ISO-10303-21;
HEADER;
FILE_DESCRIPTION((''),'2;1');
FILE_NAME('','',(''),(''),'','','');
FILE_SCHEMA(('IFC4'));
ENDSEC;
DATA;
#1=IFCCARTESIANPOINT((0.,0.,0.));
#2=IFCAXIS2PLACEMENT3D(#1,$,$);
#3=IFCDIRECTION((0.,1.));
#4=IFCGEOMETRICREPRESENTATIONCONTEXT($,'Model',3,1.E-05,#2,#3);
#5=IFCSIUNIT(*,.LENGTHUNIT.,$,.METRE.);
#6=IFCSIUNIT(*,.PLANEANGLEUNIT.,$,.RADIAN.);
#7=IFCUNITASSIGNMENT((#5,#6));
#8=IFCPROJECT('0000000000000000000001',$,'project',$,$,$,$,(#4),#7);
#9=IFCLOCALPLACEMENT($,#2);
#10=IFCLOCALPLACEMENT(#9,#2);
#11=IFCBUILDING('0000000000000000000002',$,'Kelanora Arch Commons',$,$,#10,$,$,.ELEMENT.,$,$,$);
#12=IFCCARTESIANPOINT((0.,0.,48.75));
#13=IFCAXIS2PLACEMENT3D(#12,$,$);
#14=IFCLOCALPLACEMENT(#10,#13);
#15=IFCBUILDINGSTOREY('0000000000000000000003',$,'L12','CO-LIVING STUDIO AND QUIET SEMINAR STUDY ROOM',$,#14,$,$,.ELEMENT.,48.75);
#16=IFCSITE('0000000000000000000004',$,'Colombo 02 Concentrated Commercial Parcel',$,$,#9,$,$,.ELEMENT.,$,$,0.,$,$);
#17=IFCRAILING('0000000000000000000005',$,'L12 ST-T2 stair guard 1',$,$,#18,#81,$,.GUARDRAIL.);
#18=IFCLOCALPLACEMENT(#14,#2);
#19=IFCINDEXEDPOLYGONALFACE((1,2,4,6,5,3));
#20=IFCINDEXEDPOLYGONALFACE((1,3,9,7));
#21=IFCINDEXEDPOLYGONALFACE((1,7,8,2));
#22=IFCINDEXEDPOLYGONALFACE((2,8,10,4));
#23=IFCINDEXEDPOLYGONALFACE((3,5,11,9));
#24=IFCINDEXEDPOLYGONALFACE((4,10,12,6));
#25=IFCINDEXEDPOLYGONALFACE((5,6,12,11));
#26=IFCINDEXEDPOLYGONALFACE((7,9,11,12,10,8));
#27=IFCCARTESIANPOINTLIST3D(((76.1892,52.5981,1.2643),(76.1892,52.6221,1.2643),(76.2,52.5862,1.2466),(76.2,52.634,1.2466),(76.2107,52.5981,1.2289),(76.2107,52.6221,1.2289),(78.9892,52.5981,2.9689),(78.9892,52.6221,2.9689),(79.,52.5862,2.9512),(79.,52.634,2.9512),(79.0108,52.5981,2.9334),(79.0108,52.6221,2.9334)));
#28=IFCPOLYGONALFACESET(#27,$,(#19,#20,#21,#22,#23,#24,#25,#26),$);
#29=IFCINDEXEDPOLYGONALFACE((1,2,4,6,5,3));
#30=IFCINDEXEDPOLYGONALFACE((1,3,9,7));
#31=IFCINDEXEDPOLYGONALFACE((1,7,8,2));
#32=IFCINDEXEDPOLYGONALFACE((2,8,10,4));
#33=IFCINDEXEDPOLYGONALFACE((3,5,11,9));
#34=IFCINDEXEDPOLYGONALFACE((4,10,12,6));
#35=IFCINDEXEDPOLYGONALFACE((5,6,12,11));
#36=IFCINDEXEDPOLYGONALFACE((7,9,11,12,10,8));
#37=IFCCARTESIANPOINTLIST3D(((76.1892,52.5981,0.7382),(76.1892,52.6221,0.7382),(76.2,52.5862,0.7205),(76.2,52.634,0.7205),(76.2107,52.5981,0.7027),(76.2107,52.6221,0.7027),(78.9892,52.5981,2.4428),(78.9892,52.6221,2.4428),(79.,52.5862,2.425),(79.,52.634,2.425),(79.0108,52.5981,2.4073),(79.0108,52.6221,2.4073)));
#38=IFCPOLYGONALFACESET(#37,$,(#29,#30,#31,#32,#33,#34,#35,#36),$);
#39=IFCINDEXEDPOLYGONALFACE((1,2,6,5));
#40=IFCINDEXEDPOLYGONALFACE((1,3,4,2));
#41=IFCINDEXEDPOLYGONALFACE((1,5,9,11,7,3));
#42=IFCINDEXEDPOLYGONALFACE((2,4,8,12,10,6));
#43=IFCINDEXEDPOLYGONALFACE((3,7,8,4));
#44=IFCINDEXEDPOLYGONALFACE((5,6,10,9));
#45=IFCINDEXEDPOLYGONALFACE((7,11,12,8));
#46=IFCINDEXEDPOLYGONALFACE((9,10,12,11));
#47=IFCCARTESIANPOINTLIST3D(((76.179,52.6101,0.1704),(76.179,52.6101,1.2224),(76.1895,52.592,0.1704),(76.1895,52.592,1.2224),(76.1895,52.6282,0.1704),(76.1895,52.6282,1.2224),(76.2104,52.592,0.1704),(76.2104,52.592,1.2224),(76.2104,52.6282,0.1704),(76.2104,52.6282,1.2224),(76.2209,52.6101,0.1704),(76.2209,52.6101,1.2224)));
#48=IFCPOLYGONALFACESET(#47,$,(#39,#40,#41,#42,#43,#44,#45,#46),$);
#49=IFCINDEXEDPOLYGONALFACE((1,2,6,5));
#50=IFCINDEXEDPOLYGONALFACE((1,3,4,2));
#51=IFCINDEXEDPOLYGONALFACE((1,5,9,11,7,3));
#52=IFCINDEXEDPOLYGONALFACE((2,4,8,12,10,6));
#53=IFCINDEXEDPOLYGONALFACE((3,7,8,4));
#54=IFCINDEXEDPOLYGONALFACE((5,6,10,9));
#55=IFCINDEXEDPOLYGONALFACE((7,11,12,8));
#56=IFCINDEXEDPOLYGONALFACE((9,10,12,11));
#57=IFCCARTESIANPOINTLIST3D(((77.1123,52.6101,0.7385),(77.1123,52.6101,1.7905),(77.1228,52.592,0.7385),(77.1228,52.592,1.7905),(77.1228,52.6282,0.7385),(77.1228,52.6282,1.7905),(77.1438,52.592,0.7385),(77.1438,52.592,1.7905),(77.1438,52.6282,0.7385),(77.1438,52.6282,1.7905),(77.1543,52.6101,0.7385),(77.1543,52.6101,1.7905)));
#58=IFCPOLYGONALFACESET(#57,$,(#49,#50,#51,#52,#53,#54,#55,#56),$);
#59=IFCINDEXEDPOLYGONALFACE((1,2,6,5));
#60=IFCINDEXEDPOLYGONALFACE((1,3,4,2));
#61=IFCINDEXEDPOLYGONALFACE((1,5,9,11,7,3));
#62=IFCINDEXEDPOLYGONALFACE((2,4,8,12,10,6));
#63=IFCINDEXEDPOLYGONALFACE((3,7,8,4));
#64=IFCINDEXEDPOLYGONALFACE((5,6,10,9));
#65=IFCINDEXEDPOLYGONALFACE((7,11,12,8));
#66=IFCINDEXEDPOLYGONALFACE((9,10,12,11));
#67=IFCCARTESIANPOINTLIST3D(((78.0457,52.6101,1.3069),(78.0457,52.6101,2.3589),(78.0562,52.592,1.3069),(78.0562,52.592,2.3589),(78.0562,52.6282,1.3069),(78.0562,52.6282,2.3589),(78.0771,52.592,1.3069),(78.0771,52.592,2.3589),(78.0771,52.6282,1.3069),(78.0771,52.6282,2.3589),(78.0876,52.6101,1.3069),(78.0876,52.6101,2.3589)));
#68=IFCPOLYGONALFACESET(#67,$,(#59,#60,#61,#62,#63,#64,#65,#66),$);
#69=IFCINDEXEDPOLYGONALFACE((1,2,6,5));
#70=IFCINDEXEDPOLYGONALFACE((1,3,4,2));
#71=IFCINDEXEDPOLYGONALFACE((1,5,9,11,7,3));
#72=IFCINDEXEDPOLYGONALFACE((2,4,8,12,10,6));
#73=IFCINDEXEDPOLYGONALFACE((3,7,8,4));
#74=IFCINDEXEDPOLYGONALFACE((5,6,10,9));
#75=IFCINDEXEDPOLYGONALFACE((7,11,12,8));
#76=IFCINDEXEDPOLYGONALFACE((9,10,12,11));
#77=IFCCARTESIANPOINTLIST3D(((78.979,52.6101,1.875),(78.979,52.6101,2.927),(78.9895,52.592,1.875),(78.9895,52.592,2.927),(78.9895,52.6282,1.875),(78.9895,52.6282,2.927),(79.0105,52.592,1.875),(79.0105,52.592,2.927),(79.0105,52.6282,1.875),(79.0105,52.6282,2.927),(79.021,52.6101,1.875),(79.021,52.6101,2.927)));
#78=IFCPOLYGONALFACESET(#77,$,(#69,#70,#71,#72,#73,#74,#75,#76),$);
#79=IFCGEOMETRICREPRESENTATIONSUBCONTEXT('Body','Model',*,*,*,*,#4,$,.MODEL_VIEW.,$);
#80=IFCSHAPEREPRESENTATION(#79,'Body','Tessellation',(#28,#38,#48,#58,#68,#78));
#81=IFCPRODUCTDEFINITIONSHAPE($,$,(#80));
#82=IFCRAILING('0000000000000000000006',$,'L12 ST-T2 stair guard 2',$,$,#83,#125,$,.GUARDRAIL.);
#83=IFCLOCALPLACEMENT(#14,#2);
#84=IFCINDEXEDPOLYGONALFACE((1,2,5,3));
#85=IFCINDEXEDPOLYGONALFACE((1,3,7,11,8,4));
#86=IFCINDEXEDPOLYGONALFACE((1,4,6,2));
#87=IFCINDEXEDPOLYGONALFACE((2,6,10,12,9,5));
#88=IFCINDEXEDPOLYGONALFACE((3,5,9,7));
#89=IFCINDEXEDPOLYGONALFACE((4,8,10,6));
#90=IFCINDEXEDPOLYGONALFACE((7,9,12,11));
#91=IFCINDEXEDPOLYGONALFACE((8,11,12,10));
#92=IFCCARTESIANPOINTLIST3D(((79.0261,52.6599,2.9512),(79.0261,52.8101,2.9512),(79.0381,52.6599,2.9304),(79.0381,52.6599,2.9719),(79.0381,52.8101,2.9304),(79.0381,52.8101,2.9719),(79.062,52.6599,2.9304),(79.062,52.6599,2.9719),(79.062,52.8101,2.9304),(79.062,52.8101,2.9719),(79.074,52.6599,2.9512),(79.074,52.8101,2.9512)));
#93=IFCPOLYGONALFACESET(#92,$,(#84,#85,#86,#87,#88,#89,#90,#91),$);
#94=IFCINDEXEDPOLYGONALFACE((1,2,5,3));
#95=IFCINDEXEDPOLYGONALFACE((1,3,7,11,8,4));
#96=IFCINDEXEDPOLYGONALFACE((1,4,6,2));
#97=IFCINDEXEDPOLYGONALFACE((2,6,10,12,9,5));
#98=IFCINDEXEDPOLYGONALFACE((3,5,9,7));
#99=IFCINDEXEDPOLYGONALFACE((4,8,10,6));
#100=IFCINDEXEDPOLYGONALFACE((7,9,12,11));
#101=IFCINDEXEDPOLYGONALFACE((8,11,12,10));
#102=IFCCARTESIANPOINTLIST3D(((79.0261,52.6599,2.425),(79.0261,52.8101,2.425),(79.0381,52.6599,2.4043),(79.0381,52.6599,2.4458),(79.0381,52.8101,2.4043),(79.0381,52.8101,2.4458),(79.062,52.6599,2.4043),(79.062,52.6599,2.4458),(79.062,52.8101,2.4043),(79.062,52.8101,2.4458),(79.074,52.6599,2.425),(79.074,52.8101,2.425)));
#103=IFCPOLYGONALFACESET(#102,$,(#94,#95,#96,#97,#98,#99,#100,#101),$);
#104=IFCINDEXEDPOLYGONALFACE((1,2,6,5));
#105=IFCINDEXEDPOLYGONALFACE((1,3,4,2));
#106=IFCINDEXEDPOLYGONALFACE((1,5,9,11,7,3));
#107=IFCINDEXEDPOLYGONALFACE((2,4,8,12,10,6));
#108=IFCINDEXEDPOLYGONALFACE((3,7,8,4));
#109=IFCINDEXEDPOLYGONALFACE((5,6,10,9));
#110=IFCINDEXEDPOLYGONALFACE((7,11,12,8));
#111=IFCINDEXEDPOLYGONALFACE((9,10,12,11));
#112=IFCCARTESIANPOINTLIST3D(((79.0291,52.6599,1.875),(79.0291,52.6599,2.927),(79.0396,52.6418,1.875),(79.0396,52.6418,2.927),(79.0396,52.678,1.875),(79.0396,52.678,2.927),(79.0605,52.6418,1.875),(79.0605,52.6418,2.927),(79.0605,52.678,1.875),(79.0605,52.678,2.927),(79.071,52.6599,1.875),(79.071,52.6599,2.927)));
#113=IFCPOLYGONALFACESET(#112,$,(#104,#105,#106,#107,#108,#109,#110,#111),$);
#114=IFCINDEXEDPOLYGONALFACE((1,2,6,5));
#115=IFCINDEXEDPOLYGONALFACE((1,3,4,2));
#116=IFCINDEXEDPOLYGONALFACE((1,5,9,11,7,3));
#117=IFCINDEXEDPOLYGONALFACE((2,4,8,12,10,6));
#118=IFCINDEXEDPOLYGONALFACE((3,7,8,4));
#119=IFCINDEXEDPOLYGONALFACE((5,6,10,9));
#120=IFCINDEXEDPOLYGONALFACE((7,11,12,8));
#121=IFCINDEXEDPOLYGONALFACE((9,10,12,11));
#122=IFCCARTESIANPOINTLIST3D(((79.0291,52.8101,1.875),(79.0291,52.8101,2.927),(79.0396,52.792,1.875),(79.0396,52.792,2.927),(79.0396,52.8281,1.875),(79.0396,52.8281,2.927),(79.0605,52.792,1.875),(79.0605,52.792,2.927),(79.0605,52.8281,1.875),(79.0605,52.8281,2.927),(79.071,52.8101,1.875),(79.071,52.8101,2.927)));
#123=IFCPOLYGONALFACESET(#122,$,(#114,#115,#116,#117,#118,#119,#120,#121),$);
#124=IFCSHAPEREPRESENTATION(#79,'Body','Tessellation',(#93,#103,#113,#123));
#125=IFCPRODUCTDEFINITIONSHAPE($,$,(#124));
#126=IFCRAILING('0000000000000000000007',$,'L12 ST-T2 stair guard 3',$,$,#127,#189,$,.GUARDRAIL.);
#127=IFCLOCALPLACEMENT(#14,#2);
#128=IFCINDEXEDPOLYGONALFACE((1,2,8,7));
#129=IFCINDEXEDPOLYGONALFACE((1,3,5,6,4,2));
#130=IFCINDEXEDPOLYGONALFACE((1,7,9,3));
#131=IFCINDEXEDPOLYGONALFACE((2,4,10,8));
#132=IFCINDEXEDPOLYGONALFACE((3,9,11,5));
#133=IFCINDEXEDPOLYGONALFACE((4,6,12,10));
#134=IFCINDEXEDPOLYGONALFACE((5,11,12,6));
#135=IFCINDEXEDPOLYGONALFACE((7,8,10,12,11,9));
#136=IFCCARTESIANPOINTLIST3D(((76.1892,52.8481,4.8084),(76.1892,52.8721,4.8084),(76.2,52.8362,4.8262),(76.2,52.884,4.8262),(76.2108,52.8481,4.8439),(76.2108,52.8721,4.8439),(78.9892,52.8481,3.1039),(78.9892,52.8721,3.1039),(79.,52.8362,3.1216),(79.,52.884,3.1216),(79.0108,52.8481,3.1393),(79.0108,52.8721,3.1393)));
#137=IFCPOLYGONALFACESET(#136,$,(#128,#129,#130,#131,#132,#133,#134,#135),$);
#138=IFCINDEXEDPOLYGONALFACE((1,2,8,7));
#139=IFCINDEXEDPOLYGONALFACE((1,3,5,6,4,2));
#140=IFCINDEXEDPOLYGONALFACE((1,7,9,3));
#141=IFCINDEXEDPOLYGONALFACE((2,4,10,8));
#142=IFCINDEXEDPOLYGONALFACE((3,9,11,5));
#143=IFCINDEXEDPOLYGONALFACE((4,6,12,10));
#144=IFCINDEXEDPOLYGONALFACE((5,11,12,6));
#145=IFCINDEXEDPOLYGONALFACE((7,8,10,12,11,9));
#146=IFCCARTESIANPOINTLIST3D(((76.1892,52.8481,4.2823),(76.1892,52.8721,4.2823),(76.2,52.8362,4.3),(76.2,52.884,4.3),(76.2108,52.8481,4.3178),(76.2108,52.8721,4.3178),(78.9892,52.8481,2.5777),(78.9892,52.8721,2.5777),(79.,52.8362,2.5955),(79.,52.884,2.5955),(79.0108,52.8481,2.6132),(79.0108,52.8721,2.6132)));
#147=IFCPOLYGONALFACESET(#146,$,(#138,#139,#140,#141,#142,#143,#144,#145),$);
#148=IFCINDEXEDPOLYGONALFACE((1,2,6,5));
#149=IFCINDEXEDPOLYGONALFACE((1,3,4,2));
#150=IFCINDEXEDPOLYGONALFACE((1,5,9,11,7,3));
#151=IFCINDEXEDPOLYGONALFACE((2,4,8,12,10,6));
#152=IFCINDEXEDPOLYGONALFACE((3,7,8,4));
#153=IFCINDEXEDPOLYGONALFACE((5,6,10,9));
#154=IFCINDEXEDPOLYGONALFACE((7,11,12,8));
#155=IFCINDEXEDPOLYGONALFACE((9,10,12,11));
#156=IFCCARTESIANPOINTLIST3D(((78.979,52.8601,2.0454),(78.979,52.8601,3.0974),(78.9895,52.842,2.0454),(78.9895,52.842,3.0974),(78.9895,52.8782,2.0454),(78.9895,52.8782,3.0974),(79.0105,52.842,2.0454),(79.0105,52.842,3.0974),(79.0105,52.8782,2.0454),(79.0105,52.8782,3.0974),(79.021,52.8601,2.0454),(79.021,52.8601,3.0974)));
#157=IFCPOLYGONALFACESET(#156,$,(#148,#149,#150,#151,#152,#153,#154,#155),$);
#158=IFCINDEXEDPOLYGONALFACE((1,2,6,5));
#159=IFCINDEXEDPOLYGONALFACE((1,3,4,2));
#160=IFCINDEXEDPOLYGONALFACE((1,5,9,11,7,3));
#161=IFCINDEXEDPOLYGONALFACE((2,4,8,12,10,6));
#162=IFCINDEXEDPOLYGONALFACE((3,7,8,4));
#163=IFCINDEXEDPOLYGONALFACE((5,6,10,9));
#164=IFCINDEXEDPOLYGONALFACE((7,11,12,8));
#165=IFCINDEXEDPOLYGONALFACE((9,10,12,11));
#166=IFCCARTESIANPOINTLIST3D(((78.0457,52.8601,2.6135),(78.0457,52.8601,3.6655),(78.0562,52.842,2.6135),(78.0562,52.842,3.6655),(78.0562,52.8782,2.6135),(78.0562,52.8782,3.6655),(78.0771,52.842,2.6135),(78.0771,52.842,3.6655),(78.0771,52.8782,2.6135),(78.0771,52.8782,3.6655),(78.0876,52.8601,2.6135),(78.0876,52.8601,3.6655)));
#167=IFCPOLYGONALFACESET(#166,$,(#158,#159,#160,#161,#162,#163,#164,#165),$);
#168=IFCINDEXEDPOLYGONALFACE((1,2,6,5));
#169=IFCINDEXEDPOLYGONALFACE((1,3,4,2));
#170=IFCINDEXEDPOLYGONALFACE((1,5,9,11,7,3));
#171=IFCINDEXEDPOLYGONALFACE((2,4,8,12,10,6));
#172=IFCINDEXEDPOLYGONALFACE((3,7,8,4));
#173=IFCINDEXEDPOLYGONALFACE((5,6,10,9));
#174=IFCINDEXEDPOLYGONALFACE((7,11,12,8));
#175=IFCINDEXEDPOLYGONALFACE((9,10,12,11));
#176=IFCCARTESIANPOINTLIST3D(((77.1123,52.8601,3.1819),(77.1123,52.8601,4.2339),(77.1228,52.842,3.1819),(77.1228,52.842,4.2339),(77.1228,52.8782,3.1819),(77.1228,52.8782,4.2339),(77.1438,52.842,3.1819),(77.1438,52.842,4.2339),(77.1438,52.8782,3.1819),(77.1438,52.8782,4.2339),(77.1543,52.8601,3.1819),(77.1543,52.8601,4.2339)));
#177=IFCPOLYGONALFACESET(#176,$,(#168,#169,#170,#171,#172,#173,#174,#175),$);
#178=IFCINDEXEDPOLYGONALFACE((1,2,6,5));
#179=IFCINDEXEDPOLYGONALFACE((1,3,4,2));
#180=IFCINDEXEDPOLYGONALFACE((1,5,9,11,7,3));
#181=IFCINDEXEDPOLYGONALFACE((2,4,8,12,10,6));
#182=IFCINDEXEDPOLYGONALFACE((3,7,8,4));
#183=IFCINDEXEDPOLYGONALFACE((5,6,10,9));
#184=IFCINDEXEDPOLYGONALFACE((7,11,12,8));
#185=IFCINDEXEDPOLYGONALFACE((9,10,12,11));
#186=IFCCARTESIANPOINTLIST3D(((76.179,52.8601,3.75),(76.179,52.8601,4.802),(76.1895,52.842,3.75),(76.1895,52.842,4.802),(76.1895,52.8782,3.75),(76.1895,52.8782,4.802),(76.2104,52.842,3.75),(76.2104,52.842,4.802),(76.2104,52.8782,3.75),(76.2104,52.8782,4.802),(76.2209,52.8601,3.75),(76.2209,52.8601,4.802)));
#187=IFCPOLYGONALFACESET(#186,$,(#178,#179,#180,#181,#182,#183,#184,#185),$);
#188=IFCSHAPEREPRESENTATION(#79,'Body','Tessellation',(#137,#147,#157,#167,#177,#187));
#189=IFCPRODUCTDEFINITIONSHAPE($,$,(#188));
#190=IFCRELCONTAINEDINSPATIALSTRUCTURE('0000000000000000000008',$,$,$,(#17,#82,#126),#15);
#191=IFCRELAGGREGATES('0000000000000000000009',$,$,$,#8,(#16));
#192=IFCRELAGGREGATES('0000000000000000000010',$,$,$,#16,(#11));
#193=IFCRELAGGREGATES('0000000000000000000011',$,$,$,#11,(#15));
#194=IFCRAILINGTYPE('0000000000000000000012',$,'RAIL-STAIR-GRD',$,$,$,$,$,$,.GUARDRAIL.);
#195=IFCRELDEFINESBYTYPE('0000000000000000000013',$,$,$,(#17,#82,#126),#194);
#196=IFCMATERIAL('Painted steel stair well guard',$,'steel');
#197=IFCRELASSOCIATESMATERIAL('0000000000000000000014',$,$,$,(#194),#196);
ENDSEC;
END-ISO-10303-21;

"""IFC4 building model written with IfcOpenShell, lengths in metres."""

from ifc_helpers import new_model, si_unit, direction, frame, origin, place, context, subcontext, project, spatial, polyline, outline, extrude, material, type_object, element, save


model = new_model("IFC4")

# Units and contexts
model_context = context("Model", 3, precision=1e-05, world=origin(), true_north=direction((0.0, 1.0)))
body_context = subcontext(model_context, "Body", "Model", "MODEL_VIEW")
ifc_project = project(units=[si_unit("LENGTHUNIT", "METRE"), si_unit("PLANEANGLEUNIT", "RADIAN")], contexts=[model_context])

# Site, building, storey
site_placement = place(None, origin())
site = spatial("IfcSite", under=ifc_project, at=site_placement, Name="Colombo 02 Concentrated Commercial Parcel", CompositionType="ELEMENT", RefElevation=0.0)
building_placement = place(site_placement, origin())
building = spatial("IfcBuilding", under=site, at=building_placement, Name="Kelanora Arch Commons", CompositionType="ELEMENT")
storey_placement = place(building_placement, frame((0.0, 0.0, 48.75)))
storey = spatial("IfcBuildingStorey", under=building, at=storey_placement, Name="L12", Description="CO-LIVING STUDIO AND QUIET SEMINAR STUDY ROOM", CompositionType="ELEMENT", Elevation=48.75)

# Railings
ifc_material_1 = material(Name="Painted steel stair well guard", Category="steel")
railing_type_1 = type_object("IfcRailingType", Name="RAIL-STAIR-GRD", PredefinedType="GUARDRAIL", material=ifc_material_1)
railing_1_placement = place(storey_placement, frame((76.2, 52.6101, 0.1704)))
element("IfcRailing", 1, at=railing_1_placement, inside=storey, type_object=railing_type_1, Name="L12 ST-T2 stair guard 1", PredefinedType="GUARDRAIL", context=body_context, shape_type="SweptSolid", body=[
    extrude(outline(polyline([(0.0239, 0.0), (0.012, 0.0208), (-0.012, 0.0208), (-0.0239, 0.0), (-0.012, -0.0208), (0.012, -0.0208), (0.0239, 0.0)])), frame((0.0, 0.0, 1.0762), z_axis=(0.85417, 0.0, 0.519994), x_axis=(0.0, 1.0, 0.0)), (0.0, 0.0, 1.0), 3.2781),
    extrude(outline(polyline([(0.0239, 0.0), (0.012, 0.0208), (-0.012, 0.0208), (-0.0239, 0.0), (-0.012, -0.0208), (0.012, -0.0208), (0.0239, 0.0)])), frame((0.0, 0.0, 0.55), z_axis=(0.85417, 0.0, 0.519994), x_axis=(0.0, 1.0, 0.0)), (0.0, 0.0, 1.0), 3.2781),
    extrude(outline(polyline([(0.021, 0.0), (0.0105, 0.0181), (-0.0105, 0.0181), (-0.021, 0.0), (-0.0105, -0.0181), (0.0105, -0.0181), (0.021, 0.0)])), origin(), (0.0, 0.0, 1.0), 1.052),
    extrude(outline(polyline([(0.021, 0.0), (0.0105, 0.0181), (-0.0105, 0.0181), (-0.021, 0.0), (-0.0105, -0.0181), (0.0105, -0.0181), (0.021, 0.0)])), frame((0.9333, 0.0, 0.5681)), (0.0, 0.0, 1.0), 1.052),
    extrude(outline(polyline([(0.021, 0.0), (0.0105, 0.0181), (-0.0105, 0.0181), (-0.021, 0.0), (-0.0105, -0.0181), (0.0105, -0.0181), (0.021, 0.0)])), frame((1.8667, 0.0, 1.1365)), (0.0, 0.0, 1.0), 1.052),
    extrude(outline(polyline([(0.021, 0.0), (0.0105, 0.0181), (-0.0105, 0.0181), (-0.021, 0.0), (-0.0105, -0.0181), (0.0105, -0.0181), (0.021, 0.0)])), frame((2.8, 0.0, 1.7046)), (0.0, 0.0, 1.0), 1.052),
])
railing_2_placement = place(storey_placement, frame((79.05, 52.6599, 1.875)))
element("IfcRailing", 2, at=railing_2_placement, inside=storey, type_object=railing_type_1, Name="L12 ST-T2 stair guard 2", PredefinedType="GUARDRAIL", context=body_context, shape_type="SweptSolid", body=[
    extrude(outline(polyline([(0.0239, 0.0), (0.012, 0.0208), (-0.012, 0.0208), (-0.0239, 0.0), (-0.012, -0.0208), (0.012, -0.0208), (0.0239, 0.0)])), frame((0.0, 0.0, 1.0762), z_axis=(0.0, 1.0, 0.0), x_axis=(-1.0, 0.0, 0.0)), (0.0, 0.0, 1.0), 0.1501),
    extrude(outline(polyline([(0.0239, 0.0), (0.012, 0.0208), (-0.012, 0.0208), (-0.0239, 0.0), (-0.012, -0.0208), (0.012, -0.0208), (0.0239, 0.0)])), frame((0.0, 0.0, 0.55), z_axis=(0.0, 1.0, 0.0), x_axis=(-1.0, 0.0, 0.0)), (0.0, 0.0, 1.0), 0.1501),
    extrude(outline(polyline([(0.021, 0.0), (0.0105, 0.0181), (-0.0105, 0.0181), (-0.021, 0.0), (-0.0105, -0.0181), (0.0105, -0.0181), (0.021, 0.0)])), origin(), (0.0, 0.0, 1.0), 1.052),
    extrude(outline(polyline([(0.021, 0.0), (0.0105, 0.0181), (-0.0105, 0.0181), (-0.021, 0.0), (-0.0105, -0.0181), (0.0105, -0.0181), (0.021, 0.0)])), frame((0.0, 0.1501, 0.0)), (0.0, 0.0, 1.0), 1.052),
])
railing_3_placement = place(storey_placement, frame((79.0, 52.8601, 2.0454)))
element("IfcRailing", 3, at=railing_3_placement, inside=storey, type_object=railing_type_1, Name="L12 ST-T2 stair guard 3", PredefinedType="GUARDRAIL", context=body_context, shape_type="SweptSolid", body=[
    extrude(outline(polyline([(0.0239, 0.0), (0.012, 0.0208), (-0.012, 0.0208), (-0.0239, 0.0), (-0.012, -0.0208), (0.012, -0.0208), (0.0239, 0.0)])), frame((0.0, 0.0, 1.0762), z_axis=(-0.85417, 0.0, 0.519994), x_axis=(0.0, -1.0, 0.0)), (0.0, 0.0, 1.0), 3.2781),
    extrude(outline(polyline([(0.0239, 0.0), (0.012, 0.0208), (-0.012, 0.0208), (-0.0239, 0.0), (-0.012, -0.0208), (0.012, -0.0208), (0.0239, 0.0)])), frame((0.0, 0.0, 0.55), z_axis=(-0.85417, 0.0, 0.519994), x_axis=(0.0, -1.0, 0.0)), (0.0, 0.0, 1.0), 3.2781),
    extrude(outline(polyline([(0.021, 0.0), (0.0105, 0.0181), (-0.0105, 0.0181), (-0.021, 0.0), (-0.0105, -0.0181), (0.0105, -0.0181), (0.021, 0.0)])), origin(), (0.0, 0.0, 1.0), 1.052),
    extrude(outline(polyline([(0.021, 0.0), (0.0105, 0.0181), (-0.0105, 0.0181), (-0.021, 0.0), (-0.0105, -0.0181), (0.0105, -0.0181), (0.021, 0.0)])), frame((-0.9333, 0.0, 0.5681)), (0.0, 0.0, 1.0), 1.052),
    extrude(outline(polyline([(0.021, 0.0), (0.0105, 0.0181), (-0.0105, 0.0181), (-0.021, 0.0), (-0.0105, -0.0181), (0.0105, -0.0181), (0.021, 0.0)])), frame((-1.8667, 0.0, 1.1365)), (0.0, 0.0, 1.0), 1.052),
    extrude(outline(polyline([(0.021, 0.0), (0.0105, 0.0181), (-0.0105, 0.0181), (-0.021, 0.0), (-0.0105, -0.0181), (0.0105, -0.0181), (0.021, 0.0)])), frame((-2.8, 0.0, 1.7046)), (0.0, 0.0, 1.0), 1.052),
])

save(model, "model.ifc")
